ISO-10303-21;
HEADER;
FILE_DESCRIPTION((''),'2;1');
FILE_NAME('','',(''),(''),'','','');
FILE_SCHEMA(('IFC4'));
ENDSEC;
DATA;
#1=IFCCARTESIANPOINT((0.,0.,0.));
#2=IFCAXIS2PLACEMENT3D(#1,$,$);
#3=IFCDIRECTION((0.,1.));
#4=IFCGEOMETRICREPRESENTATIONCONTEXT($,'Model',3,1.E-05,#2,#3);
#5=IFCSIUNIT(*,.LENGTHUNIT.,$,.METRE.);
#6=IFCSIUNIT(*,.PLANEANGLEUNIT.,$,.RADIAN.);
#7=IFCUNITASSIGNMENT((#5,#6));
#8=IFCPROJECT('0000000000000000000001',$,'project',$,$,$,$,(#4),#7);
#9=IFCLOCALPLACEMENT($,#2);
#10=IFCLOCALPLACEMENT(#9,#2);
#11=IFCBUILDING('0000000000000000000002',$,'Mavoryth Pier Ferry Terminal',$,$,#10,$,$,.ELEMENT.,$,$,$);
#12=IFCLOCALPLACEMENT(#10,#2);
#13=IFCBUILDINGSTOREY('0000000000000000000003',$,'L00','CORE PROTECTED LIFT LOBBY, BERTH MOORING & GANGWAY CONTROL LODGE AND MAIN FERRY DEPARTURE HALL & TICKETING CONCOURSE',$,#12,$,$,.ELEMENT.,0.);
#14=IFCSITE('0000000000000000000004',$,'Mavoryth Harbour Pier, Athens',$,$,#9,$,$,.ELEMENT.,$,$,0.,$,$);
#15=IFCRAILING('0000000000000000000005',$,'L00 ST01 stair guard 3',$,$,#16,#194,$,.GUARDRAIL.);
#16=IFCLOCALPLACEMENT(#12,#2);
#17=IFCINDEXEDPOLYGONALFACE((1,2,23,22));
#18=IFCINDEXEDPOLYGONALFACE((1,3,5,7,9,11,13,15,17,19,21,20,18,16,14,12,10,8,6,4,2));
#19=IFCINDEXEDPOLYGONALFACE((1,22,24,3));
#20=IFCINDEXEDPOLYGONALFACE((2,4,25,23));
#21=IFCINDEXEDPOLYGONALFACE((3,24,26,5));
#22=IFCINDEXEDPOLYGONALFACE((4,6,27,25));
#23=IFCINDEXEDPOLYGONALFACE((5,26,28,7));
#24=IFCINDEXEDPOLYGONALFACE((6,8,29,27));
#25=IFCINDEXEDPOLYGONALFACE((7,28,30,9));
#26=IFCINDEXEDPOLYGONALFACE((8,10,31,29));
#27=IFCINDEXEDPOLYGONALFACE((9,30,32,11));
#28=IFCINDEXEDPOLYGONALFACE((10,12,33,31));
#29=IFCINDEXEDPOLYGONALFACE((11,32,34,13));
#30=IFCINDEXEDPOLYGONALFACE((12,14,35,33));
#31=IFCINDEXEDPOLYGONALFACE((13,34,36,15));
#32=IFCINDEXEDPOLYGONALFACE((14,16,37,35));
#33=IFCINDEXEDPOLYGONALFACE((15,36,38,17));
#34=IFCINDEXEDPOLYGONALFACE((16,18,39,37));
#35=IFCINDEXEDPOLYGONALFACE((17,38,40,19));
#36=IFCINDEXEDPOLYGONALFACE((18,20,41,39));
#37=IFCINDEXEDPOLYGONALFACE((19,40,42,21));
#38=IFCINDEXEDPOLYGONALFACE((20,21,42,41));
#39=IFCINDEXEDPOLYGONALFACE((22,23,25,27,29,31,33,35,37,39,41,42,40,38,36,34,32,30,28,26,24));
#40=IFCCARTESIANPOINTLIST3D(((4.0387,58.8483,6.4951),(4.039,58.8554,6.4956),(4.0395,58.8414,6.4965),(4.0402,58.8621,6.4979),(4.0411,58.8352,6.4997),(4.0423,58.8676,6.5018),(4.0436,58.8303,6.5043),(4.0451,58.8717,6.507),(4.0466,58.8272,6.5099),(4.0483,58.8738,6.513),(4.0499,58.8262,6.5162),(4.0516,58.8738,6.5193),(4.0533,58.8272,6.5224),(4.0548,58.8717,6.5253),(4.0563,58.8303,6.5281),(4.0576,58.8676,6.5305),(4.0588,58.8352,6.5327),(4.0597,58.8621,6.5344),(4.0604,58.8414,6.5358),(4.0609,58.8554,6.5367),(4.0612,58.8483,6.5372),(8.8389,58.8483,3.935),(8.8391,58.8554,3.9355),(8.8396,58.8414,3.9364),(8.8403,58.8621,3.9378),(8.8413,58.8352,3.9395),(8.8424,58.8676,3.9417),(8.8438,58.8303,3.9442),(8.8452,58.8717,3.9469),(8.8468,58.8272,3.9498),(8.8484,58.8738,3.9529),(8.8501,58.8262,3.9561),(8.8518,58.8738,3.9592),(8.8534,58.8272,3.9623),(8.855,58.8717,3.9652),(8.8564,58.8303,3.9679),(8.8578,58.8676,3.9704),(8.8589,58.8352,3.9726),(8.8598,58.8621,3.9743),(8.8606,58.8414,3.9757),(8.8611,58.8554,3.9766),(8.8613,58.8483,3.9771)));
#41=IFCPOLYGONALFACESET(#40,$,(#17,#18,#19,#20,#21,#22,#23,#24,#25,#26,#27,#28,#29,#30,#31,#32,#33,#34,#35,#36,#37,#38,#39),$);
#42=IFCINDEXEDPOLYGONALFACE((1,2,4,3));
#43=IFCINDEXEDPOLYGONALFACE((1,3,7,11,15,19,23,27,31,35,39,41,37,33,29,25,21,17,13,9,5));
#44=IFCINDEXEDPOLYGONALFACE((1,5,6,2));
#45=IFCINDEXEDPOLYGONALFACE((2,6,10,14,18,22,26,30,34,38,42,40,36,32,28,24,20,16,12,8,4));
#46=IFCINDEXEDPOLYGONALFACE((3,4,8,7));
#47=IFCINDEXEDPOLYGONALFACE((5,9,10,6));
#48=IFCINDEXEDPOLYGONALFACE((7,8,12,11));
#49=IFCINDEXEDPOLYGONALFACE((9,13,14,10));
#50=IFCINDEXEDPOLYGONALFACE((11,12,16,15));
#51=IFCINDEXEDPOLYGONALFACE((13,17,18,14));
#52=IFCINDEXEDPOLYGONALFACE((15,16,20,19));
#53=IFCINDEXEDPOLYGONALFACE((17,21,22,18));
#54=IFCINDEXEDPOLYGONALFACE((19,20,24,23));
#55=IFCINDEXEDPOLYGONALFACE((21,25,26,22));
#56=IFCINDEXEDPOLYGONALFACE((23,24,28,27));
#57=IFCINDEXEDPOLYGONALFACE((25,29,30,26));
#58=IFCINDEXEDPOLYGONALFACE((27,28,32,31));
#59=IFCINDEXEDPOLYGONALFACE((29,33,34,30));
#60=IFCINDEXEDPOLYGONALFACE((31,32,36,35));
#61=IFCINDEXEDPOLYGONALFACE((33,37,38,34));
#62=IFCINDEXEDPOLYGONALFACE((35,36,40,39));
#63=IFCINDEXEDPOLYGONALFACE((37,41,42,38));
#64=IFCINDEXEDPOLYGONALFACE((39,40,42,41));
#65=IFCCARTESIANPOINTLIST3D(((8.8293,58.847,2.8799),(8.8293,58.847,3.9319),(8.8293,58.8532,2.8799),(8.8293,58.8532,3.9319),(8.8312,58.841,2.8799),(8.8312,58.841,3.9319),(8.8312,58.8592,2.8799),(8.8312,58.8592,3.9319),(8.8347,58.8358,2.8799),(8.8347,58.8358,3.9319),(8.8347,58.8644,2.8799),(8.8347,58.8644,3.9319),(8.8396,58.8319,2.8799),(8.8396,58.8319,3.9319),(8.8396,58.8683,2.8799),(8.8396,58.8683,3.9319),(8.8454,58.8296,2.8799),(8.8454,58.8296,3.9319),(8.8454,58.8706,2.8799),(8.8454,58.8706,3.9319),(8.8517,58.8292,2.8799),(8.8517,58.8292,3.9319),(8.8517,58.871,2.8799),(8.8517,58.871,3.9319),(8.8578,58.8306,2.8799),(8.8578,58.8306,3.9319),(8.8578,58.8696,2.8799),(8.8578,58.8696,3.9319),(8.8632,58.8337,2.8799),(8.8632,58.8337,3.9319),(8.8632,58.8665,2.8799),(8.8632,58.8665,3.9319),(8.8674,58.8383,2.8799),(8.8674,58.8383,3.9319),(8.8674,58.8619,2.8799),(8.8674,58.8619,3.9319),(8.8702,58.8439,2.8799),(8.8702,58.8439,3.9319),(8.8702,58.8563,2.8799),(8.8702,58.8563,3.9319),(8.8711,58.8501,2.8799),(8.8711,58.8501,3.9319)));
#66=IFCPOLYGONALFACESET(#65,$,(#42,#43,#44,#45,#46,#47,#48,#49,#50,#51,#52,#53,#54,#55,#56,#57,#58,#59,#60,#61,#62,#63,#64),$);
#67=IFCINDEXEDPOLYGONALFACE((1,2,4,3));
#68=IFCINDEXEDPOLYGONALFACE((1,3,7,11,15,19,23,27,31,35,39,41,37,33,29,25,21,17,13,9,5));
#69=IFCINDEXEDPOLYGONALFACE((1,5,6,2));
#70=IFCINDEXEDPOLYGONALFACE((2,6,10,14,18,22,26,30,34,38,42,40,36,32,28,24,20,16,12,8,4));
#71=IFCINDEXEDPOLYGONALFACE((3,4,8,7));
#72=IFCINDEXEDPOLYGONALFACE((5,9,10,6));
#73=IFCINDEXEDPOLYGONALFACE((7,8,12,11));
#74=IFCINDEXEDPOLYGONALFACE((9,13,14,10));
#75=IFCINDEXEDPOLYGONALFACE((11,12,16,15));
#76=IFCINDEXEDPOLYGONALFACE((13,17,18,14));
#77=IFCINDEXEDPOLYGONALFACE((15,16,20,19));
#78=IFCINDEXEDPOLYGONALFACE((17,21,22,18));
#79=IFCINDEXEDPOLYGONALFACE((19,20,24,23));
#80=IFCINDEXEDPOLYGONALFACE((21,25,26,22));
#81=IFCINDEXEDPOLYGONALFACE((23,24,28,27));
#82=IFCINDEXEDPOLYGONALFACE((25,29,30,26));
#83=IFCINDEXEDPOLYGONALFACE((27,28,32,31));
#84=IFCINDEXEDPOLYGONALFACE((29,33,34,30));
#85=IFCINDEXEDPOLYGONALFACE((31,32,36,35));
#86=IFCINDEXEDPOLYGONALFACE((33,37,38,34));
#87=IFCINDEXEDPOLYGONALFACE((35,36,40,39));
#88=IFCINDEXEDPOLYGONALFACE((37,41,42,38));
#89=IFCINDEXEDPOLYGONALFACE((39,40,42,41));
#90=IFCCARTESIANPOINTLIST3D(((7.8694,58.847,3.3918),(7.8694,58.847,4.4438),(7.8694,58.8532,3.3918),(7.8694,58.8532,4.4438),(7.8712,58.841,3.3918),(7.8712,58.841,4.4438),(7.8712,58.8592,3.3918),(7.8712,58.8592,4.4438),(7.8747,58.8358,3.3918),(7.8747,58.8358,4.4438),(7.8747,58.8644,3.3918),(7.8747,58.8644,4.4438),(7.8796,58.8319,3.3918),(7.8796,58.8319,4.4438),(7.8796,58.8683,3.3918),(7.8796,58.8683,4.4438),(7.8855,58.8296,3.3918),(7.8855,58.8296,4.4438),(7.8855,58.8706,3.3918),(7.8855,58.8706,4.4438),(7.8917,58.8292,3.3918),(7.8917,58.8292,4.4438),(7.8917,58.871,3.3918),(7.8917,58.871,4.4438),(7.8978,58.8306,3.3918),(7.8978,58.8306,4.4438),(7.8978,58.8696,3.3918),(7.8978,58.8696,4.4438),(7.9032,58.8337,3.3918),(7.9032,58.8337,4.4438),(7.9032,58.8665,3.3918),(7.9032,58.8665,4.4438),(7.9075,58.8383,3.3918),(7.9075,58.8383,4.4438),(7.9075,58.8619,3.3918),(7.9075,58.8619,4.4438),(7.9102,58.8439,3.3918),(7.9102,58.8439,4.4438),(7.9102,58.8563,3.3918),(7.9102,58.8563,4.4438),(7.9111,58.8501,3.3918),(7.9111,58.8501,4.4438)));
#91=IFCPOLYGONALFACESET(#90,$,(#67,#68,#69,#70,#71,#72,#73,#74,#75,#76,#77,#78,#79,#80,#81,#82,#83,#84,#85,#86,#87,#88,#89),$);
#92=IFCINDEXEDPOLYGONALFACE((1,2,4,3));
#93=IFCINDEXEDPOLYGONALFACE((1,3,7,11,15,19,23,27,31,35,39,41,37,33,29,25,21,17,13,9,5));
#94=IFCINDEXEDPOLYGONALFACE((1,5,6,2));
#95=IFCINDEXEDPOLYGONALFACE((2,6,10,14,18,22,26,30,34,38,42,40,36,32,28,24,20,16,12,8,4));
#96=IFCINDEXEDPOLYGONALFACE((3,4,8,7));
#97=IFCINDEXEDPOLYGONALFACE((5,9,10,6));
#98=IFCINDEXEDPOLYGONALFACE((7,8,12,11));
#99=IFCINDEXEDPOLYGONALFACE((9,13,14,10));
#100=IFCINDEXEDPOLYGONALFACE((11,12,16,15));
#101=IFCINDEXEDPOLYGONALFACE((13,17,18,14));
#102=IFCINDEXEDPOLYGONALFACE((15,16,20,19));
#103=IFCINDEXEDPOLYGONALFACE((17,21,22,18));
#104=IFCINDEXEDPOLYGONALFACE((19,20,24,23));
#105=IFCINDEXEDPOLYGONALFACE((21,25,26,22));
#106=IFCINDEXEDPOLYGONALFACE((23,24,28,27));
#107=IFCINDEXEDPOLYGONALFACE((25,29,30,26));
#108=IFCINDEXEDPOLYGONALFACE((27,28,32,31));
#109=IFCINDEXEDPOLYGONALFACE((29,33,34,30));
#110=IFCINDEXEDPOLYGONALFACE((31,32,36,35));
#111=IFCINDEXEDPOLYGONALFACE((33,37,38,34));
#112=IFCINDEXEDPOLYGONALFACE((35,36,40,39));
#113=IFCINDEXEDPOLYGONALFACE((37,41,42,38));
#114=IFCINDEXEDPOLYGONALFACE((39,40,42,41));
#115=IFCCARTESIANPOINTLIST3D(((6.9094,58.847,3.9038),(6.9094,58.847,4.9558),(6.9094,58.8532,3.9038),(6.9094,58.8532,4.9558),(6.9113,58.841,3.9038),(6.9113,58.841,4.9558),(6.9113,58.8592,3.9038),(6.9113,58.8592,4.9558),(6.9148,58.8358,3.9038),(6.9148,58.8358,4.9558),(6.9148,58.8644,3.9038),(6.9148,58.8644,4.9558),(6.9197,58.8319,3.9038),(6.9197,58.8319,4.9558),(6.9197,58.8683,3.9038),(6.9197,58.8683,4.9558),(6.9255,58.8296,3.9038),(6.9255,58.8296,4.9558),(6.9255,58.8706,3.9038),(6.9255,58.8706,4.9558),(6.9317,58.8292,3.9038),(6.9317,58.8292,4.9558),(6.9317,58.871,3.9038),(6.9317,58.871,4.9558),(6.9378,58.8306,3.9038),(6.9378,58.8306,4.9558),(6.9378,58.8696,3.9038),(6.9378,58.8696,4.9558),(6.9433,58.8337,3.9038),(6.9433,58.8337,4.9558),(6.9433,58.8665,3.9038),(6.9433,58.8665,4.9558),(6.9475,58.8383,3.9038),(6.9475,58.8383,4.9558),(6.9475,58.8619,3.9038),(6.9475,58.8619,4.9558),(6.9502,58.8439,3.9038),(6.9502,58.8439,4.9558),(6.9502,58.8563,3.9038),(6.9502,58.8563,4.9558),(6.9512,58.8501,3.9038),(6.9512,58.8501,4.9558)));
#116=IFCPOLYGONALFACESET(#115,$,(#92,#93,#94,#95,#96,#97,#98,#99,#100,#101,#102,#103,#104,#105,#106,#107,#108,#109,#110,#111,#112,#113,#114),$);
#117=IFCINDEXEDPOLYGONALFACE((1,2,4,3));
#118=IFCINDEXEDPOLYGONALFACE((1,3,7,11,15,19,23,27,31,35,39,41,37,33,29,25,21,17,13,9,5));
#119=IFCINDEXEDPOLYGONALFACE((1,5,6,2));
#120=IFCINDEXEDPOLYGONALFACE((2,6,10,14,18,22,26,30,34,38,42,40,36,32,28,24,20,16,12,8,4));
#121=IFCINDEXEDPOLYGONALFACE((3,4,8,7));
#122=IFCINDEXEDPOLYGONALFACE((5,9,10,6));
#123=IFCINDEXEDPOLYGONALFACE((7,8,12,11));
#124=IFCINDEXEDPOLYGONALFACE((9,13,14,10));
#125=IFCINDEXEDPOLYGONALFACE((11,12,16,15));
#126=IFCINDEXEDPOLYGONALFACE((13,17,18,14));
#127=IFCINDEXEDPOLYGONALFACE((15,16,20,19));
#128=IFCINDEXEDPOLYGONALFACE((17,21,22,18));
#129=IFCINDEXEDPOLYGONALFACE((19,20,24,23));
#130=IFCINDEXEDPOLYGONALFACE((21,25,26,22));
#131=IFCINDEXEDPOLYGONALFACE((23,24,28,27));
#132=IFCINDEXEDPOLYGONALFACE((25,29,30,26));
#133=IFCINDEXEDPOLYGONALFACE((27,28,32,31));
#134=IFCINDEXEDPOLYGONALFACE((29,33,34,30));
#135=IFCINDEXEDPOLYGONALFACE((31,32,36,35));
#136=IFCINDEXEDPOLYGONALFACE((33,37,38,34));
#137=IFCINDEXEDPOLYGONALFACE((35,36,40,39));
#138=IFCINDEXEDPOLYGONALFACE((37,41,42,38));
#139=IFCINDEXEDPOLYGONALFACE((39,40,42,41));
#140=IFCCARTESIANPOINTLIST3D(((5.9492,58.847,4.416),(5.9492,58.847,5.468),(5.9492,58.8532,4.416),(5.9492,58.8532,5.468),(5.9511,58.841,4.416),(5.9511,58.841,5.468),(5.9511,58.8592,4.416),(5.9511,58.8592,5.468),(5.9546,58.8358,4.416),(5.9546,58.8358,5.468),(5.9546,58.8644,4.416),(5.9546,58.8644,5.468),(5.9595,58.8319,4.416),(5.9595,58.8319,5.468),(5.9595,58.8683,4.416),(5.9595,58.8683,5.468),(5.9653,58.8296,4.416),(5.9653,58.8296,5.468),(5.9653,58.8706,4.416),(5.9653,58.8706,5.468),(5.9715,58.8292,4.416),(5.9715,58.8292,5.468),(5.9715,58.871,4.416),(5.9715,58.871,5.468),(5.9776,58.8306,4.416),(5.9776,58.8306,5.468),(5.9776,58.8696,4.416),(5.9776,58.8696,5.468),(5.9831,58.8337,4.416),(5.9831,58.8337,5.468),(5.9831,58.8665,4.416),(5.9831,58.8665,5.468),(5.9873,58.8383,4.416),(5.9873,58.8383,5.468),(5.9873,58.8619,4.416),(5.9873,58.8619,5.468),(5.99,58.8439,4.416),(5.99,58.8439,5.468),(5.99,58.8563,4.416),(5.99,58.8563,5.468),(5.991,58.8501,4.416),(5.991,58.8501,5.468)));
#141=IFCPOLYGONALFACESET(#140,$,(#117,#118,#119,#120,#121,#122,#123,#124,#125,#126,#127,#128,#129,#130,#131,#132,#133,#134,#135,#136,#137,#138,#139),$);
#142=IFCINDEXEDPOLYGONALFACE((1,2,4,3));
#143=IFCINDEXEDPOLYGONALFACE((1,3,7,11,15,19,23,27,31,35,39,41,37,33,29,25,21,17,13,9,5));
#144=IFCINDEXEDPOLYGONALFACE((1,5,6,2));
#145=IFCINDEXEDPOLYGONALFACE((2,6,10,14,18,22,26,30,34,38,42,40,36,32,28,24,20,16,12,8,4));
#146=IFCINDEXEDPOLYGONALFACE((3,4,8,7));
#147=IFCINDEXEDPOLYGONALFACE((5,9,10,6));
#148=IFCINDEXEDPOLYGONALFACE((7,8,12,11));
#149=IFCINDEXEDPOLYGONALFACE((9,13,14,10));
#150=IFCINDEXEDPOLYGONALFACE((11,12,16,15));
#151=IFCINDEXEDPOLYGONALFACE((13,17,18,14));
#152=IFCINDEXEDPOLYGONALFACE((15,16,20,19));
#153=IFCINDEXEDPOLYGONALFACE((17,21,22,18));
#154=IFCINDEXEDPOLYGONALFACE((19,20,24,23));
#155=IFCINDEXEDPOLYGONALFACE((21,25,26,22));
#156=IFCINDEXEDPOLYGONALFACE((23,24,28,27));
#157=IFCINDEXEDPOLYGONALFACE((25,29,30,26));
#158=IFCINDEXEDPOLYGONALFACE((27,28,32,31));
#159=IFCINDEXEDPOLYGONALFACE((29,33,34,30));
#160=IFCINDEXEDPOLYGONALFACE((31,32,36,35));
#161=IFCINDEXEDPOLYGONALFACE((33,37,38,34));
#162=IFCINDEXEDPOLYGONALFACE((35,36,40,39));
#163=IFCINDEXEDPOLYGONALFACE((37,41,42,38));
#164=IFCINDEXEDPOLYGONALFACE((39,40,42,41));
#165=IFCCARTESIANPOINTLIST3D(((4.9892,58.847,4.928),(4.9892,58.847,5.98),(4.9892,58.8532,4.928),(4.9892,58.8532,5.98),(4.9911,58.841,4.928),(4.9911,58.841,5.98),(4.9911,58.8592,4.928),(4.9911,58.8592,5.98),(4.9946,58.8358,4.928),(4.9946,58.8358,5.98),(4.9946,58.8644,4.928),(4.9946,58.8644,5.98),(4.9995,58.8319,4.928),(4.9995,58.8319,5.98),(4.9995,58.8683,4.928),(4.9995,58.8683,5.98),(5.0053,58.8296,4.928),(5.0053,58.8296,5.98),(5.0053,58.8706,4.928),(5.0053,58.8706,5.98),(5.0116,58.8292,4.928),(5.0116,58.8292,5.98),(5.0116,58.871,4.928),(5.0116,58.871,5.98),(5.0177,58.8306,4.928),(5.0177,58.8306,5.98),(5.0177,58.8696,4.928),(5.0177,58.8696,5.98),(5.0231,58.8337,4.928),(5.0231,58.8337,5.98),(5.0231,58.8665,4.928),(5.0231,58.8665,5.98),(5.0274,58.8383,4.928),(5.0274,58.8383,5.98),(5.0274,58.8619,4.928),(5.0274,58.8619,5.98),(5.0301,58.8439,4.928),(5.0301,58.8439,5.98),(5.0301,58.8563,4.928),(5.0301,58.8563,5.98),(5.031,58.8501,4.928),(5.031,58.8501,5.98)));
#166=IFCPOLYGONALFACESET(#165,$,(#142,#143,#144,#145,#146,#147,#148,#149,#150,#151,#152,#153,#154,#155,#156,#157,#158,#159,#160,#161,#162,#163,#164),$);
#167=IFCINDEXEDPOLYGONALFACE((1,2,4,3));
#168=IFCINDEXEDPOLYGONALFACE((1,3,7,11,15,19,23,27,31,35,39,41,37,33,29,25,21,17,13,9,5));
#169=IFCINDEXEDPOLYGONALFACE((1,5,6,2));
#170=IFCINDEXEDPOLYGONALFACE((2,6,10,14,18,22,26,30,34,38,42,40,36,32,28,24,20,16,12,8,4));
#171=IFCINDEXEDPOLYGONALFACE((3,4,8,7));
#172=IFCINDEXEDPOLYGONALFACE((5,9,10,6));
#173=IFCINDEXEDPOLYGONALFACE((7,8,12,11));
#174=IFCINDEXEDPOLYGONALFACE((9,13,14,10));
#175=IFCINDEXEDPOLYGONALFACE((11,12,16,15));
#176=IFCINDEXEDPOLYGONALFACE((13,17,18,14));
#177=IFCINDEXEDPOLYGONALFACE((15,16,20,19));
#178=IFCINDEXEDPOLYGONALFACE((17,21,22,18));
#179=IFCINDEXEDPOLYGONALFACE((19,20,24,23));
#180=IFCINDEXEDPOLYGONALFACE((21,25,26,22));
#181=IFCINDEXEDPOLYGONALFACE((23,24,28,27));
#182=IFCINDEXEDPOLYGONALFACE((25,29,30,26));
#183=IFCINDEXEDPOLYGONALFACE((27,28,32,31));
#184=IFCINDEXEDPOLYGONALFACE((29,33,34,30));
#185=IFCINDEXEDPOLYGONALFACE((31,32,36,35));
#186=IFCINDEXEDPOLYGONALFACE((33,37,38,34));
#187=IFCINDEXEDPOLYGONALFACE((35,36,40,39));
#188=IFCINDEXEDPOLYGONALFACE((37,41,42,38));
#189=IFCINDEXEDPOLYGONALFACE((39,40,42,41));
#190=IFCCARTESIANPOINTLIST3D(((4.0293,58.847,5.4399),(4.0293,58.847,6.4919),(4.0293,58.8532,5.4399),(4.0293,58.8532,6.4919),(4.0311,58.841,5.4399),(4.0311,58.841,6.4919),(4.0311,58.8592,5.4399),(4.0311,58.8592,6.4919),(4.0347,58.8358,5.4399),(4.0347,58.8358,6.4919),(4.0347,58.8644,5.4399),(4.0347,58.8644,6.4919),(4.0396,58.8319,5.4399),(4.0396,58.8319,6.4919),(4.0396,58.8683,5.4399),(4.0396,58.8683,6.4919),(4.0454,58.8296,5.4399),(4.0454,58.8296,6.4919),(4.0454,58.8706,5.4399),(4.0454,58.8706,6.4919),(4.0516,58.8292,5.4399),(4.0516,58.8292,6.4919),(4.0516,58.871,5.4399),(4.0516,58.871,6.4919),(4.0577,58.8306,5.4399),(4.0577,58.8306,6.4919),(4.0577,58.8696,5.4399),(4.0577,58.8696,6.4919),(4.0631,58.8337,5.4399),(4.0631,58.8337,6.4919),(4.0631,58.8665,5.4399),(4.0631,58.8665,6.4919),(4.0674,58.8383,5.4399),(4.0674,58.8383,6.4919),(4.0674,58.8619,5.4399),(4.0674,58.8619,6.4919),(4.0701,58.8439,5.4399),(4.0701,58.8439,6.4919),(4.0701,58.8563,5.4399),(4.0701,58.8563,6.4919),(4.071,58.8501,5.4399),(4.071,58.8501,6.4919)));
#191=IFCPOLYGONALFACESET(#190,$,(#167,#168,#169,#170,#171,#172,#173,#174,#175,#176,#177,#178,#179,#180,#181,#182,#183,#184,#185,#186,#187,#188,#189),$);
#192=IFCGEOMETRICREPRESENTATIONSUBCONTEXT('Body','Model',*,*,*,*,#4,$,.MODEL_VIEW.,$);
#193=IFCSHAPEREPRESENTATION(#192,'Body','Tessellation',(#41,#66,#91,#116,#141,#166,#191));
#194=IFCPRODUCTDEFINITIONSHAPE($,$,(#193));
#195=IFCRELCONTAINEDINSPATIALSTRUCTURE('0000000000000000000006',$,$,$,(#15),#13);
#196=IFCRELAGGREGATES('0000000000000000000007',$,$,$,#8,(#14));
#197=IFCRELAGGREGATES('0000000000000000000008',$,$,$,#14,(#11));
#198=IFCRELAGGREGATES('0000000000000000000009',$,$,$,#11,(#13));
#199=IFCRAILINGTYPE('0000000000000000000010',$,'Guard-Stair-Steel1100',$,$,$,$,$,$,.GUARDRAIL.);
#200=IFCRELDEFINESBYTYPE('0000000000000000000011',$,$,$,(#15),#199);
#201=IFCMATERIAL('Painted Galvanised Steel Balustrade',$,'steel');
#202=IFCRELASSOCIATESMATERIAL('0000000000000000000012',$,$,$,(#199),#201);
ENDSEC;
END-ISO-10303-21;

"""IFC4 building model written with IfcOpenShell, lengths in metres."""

from ifc_helpers import new_model, si_unit, direction, frame, origin, origin_2d, place, context, subcontext, project, spatial, circle, extrude, material, type_object, element, save


model = new_model("IFC4")

# Units and contexts
model_context = context("Model", 3, precision=1e-05, world=origin(), true_north=direction((0.0, 1.0)))
body_context = subcontext(model_context, "Body", "Model", "MODEL_VIEW")
ifc_project = project(units=[si_unit("LENGTHUNIT", "METRE"), si_unit("PLANEANGLEUNIT", "RADIAN")], contexts=[model_context])

# Site, building, storey
site_placement = place(None, origin())
site = spatial("IfcSite", under=ifc_project, at=site_placement, Name="Mavoryth Harbour Pier, Athens", CompositionType="ELEMENT", RefElevation=0.0)
building_placement = place(site_placement, origin())
building = spatial("IfcBuilding", under=site, at=building_placement, Name="Mavoryth Pier Ferry Terminal", CompositionType="ELEMENT")
storey_placement = place(building_placement, origin())
storey = spatial("IfcBuildingStorey", under=building, at=storey_placement, Name="L00", Description="CORE PROTECTED LIFT LOBBY, BERTH MOORING & GANGWAY CONTROL LODGE AND MAIN FERRY DEPARTURE HALL & TICKETING CONCOURSE", CompositionType="ELEMENT", Elevation=0.0)

# Railing
ifc_material_1 = material(Name="Painted Galvanised Steel Balustrade", Category="steel")
railing_type_1 = type_object("IfcRailingType", Name="Guard-Stair-Steel1100", PredefinedType="GUARDRAIL", material=ifc_material_1)
railing_1_placement = place(storey_placement, frame((8.8501, 58.8501, 2.8799)))
element("IfcRailing", 1, at=railing_1_placement, inside=storey, type_object=railing_type_1, Name="L00 ST01 stair guard 3", PredefinedType="GUARDRAIL", context=body_context, shape_type="SweptSolid", body=[
    extrude(circle(Radius=0.0239, at=origin_2d()), frame((0.0, 0.0, 1.0762), z_axis=(-0.88235, 0.0, 0.470593), x_axis=(0.0, -1.0, 0.0)), (0.0, 0.0, 1.0), 5.4402),
    extrude(circle(Radius=0.021, at=origin_2d()), origin(), (0.0, 0.0, 1.0), 1.052),
    extrude(circle(Radius=0.021, at=origin_2d()), frame((-0.96, 0.0, 0.512)), (0.0, 0.0, 1.0), 1.052),
    extrude(circle(Radius=0.021, at=origin_2d()), frame((-1.9199, 0.0, 1.0239)), (0.0, 0.0, 1.0), 1.052),
    extrude(circle(Radius=0.021, at=origin_2d()), frame((-2.8801, 0.0, 1.5361)), (0.0, 0.0, 1.0), 1.052),
    extrude(circle(Radius=0.021, at=origin_2d()), frame((-3.8401, 0.0, 2.0481)), (0.0, 0.0, 1.0), 1.052),
    extrude(circle(Radius=0.021, at=origin_2d()), frame((-4.8, 0.0, 2.5601)), (0.0, 0.0, 1.0), 1.052),
])

save(model, "model.ifc")
